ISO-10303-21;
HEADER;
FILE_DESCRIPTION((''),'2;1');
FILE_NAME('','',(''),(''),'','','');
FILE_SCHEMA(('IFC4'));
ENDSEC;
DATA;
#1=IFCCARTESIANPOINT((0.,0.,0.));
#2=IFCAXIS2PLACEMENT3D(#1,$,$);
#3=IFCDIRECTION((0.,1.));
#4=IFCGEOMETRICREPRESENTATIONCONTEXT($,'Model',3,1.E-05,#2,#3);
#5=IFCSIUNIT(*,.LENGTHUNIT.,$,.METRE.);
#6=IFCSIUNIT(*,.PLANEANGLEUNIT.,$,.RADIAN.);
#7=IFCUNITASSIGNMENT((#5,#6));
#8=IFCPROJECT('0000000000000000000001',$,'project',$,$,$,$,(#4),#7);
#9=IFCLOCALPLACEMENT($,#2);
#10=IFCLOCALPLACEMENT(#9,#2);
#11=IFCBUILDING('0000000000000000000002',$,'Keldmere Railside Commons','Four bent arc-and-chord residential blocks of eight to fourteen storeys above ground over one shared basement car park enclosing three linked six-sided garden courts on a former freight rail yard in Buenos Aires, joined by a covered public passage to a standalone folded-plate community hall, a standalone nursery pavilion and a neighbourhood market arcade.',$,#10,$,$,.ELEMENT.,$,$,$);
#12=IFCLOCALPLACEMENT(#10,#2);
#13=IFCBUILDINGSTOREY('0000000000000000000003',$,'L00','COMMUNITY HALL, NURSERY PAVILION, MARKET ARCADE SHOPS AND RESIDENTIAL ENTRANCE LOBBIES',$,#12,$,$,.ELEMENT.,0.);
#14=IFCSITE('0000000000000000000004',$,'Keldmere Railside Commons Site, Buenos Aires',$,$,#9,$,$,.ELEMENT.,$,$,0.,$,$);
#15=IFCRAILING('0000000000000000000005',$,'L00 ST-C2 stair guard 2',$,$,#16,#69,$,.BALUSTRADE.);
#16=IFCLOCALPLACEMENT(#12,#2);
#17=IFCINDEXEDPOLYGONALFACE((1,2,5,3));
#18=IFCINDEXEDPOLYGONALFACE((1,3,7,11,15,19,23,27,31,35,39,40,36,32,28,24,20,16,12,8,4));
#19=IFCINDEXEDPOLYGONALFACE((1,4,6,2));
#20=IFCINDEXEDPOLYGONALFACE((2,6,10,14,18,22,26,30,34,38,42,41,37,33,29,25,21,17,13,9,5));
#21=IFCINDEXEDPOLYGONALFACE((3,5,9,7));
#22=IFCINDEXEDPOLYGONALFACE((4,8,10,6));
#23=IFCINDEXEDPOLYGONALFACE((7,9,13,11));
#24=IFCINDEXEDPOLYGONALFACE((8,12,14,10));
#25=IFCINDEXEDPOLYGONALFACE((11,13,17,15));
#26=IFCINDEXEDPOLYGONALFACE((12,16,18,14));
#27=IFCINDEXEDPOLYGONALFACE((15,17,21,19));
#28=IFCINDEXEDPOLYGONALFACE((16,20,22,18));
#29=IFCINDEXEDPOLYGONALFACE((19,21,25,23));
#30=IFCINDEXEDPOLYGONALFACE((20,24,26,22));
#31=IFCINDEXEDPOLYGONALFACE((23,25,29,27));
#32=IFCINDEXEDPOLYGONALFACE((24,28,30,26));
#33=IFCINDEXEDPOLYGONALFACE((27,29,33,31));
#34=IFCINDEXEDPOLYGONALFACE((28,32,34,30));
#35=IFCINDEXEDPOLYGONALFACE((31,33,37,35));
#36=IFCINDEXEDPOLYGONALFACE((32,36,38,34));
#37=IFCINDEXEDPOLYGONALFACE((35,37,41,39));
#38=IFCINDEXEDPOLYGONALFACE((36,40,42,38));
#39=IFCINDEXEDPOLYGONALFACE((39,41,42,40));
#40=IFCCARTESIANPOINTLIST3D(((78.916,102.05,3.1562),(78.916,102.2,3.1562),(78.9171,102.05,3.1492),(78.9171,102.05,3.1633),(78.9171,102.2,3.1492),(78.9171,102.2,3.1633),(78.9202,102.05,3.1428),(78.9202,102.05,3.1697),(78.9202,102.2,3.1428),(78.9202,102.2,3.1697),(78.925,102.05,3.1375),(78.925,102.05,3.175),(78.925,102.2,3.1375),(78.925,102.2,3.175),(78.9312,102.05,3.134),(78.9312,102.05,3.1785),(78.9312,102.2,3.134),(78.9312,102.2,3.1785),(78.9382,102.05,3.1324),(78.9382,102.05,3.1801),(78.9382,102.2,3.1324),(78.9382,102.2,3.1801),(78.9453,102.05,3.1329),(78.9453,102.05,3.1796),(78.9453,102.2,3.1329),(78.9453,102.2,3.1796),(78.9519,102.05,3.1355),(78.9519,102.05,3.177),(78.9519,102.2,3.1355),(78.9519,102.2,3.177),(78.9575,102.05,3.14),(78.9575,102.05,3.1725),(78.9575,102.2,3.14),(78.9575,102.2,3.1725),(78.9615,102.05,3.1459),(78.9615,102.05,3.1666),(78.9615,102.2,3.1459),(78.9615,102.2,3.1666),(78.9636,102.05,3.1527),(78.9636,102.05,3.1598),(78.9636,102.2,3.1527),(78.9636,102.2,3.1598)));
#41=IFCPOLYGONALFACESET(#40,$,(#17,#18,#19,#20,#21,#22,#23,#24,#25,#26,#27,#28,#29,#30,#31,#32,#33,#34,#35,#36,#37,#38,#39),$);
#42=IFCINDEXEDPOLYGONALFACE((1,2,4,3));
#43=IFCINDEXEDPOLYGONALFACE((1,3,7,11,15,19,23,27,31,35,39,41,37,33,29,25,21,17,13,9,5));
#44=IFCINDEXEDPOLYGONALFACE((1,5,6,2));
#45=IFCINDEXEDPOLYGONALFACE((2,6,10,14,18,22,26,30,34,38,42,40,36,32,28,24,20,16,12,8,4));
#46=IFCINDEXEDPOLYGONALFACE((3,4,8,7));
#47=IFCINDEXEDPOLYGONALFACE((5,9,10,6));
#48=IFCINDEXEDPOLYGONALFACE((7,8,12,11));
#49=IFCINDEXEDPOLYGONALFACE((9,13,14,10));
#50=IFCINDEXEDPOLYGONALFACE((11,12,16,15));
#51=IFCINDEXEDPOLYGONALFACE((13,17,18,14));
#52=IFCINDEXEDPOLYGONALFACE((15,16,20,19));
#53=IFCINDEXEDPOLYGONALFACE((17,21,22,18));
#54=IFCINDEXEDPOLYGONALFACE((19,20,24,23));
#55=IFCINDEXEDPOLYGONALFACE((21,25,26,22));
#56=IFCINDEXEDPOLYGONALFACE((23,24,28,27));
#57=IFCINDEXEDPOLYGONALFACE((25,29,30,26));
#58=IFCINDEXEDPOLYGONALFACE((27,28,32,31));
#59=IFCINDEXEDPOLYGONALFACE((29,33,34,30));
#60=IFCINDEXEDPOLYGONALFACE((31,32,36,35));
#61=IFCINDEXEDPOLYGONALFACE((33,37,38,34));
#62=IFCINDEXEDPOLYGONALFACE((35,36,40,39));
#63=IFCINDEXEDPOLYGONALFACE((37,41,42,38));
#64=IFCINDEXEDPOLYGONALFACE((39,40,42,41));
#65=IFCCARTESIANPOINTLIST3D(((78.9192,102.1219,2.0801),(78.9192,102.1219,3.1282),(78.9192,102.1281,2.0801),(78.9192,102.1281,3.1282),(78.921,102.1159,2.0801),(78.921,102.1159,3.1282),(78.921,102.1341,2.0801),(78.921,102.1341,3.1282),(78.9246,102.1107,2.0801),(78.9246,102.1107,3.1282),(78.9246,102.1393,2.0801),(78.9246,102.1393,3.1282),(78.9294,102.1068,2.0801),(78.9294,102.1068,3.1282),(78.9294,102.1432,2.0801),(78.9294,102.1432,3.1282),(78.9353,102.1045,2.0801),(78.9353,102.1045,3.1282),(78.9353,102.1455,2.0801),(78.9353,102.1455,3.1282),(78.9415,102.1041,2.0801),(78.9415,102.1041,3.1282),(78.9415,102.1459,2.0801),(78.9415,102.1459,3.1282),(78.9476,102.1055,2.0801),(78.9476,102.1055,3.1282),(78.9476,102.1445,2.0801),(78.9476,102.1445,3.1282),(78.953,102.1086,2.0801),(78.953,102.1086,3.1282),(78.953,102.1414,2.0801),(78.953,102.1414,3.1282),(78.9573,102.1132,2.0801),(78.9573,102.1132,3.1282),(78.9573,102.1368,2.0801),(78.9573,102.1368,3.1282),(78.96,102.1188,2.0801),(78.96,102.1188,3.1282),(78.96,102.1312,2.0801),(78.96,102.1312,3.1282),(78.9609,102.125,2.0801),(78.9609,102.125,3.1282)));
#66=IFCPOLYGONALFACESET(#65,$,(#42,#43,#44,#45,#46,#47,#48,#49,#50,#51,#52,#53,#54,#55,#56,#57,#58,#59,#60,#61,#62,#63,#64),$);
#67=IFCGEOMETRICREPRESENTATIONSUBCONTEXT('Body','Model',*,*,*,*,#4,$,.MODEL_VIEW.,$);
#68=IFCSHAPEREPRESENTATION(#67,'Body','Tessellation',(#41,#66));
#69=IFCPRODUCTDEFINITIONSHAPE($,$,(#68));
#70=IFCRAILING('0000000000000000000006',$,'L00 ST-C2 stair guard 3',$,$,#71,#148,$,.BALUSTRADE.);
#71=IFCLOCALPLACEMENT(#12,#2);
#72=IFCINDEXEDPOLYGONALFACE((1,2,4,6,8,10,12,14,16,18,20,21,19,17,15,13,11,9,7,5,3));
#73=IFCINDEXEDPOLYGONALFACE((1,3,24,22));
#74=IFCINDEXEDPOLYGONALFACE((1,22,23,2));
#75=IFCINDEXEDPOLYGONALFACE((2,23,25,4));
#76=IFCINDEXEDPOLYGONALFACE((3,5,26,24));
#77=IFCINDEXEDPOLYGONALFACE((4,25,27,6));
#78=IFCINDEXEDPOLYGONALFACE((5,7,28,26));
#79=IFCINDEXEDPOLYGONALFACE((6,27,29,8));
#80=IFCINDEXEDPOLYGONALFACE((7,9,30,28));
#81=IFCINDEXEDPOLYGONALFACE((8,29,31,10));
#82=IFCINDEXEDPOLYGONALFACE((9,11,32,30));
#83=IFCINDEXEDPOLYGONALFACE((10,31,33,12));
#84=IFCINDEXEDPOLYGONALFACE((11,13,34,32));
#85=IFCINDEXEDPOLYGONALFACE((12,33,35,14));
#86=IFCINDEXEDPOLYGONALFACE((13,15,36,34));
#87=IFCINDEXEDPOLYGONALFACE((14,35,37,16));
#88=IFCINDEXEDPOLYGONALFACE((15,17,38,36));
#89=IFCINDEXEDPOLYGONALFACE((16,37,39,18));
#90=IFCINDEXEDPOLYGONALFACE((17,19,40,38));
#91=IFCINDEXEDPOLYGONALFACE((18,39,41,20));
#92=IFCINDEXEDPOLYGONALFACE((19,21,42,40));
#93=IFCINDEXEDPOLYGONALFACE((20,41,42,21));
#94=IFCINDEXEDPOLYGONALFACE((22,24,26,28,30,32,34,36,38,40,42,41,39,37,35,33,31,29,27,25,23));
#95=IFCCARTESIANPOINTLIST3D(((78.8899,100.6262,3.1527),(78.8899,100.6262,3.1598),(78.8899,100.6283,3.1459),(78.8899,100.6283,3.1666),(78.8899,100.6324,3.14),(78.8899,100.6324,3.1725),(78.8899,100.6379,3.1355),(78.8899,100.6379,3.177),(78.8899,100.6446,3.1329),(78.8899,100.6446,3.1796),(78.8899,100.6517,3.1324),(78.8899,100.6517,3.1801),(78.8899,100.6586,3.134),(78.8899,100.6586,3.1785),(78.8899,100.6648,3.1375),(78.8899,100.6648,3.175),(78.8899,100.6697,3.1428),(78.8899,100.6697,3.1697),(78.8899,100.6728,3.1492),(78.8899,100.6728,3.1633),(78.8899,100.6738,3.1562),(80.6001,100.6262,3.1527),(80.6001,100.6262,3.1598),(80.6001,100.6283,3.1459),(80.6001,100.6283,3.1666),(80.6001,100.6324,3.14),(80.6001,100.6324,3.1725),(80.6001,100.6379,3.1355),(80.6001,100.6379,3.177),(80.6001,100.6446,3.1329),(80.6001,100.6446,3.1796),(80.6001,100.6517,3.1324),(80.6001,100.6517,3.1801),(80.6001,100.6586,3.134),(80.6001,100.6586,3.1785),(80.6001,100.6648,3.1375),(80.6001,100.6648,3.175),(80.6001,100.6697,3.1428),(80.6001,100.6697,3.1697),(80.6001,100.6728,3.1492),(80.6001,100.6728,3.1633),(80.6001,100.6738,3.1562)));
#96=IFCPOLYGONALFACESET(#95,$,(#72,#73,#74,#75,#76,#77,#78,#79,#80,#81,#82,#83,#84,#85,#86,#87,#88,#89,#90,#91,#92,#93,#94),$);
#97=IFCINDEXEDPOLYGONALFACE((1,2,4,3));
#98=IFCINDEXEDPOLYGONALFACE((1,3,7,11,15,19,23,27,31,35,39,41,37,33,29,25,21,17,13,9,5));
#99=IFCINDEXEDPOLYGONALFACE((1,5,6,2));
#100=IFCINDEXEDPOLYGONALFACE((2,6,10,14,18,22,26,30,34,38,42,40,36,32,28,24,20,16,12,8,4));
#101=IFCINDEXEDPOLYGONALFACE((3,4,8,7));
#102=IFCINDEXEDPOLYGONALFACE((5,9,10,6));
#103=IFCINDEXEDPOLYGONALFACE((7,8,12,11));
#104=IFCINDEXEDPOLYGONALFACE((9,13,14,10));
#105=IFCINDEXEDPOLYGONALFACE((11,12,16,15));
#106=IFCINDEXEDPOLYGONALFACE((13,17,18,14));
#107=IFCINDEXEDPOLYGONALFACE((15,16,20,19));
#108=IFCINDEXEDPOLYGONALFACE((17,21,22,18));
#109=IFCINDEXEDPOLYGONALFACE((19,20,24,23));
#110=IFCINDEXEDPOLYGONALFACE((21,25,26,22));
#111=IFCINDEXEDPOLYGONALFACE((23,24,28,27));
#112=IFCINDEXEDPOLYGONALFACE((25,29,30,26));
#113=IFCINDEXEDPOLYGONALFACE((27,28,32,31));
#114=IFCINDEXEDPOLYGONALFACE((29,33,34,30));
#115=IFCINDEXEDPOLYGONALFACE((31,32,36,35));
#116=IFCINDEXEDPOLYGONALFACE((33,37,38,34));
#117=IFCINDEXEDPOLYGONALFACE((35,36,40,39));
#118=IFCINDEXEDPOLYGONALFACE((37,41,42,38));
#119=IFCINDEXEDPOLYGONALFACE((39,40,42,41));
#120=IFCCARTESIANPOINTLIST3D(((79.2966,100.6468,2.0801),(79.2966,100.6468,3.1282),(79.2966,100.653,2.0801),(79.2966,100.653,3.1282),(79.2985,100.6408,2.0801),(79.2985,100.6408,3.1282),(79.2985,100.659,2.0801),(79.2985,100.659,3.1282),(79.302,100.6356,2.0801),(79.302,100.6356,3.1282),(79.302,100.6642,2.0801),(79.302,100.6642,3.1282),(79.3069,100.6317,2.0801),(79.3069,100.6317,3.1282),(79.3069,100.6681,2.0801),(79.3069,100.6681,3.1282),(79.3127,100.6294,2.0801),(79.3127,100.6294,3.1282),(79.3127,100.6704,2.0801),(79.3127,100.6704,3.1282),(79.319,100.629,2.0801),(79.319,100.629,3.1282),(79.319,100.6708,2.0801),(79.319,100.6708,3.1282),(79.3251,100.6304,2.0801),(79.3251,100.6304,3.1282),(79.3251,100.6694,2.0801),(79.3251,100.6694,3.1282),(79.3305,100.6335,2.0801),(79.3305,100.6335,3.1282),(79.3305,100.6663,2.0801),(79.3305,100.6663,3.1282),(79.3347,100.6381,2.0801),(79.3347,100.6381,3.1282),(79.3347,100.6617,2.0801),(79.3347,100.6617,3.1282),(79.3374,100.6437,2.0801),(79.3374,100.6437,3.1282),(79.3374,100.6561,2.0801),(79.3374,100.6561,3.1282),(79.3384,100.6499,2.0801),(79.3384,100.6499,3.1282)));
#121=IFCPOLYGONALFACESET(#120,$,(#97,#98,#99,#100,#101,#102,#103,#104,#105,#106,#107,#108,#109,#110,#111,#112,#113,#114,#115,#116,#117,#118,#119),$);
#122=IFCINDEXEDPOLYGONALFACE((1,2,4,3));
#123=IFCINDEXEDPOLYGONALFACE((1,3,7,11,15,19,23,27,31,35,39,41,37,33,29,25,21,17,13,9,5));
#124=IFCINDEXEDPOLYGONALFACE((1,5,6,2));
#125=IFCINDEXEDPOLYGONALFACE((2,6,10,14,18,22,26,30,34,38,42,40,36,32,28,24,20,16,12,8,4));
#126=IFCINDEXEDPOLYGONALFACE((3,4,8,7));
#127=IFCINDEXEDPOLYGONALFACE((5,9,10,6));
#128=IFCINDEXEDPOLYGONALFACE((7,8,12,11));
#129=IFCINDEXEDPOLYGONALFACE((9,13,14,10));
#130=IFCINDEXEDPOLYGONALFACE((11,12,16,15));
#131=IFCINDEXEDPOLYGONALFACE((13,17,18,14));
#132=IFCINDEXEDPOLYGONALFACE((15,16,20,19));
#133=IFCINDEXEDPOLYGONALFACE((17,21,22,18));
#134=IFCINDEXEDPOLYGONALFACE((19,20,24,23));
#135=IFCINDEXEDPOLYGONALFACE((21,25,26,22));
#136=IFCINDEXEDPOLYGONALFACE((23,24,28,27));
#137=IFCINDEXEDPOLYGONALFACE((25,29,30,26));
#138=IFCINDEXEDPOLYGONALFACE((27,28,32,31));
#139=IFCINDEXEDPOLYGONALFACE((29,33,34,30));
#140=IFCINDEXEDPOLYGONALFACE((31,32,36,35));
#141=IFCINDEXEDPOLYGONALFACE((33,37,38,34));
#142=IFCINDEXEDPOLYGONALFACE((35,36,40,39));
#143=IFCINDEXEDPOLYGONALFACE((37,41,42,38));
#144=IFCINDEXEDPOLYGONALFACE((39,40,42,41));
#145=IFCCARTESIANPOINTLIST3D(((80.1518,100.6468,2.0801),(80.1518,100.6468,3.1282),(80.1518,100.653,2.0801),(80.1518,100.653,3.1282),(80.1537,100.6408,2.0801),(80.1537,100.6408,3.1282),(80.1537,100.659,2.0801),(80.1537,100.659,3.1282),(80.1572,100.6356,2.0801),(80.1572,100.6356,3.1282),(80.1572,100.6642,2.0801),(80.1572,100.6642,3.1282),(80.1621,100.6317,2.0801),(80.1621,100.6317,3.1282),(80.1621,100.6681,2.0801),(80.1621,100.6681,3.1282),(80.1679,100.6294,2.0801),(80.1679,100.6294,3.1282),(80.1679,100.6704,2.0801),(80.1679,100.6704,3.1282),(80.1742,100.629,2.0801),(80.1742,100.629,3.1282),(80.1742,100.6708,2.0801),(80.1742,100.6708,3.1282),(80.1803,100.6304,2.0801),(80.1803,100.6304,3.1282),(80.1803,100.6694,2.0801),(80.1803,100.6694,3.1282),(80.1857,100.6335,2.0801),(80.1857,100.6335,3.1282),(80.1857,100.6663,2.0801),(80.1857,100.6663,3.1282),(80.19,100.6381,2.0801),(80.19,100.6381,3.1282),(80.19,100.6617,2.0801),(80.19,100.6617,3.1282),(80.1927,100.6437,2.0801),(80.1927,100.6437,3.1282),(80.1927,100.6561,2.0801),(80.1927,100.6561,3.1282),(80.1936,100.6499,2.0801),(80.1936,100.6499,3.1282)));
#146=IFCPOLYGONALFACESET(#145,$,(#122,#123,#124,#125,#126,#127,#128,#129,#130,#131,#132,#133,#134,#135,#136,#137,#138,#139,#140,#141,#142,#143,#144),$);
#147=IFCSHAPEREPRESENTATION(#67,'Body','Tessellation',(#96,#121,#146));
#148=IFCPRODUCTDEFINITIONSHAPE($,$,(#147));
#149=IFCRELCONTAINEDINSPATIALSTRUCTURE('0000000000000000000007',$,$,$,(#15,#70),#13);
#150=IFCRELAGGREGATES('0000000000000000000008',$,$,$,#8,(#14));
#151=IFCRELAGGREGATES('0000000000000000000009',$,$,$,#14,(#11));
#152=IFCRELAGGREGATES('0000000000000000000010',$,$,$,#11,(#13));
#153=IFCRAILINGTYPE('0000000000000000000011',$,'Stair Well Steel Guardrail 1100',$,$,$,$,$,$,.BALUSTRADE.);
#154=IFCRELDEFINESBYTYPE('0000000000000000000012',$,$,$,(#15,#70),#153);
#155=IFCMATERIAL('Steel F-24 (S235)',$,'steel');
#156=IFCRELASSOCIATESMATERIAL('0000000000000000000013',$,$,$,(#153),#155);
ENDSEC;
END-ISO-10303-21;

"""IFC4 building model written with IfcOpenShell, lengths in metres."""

from ifc_helpers import new_model, si_unit, direction, frame, origin, origin_2d, place, context, subcontext, project, spatial, circle, extrude, material, type_object, element, save


model = new_model("IFC4")

# Units and contexts
model_context = context("Model", 3, precision=1e-05, world=origin(), true_north=direction((0.0, 1.0)))
body_context = subcontext(model_context, "Body", "Model", "MODEL_VIEW")
ifc_project = project(units=[si_unit("LENGTHUNIT", "METRE"), si_unit("PLANEANGLEUNIT", "RADIAN")], contexts=[model_context])

# Site, building, storey
site_placement = place(None, origin())
site = spatial("IfcSite", under=ifc_project, at=site_placement, Name="Keldmere Railside Commons Site, Buenos Aires", CompositionType="ELEMENT", RefElevation=0.0)
building_placement = place(site_placement, origin())
building = spatial("IfcBuilding", under=site, at=building_placement, Name="Keldmere Railside Commons", Description="Four bent arc-and-chord residential blocks of eight to fourteen storeys above ground over one shared basement car park enclosing three linked six-sided garden courts on a former freight rail yard in Buenos Aires, joined by a covered public passage to a standalone folded-plate community hall, a standalone nursery pavilion and a neighbourhood market arcade.", CompositionType="ELEMENT")
storey_placement = place(building_placement, origin())
storey = spatial("IfcBuildingStorey", under=building, at=storey_placement, Name="L00", Description="COMMUNITY HALL, NURSERY PAVILION, MARKET ARCADE SHOPS AND RESIDENTIAL ENTRANCE LOBBIES", CompositionType="ELEMENT", Elevation=0.0)

# Shared definitions
ifc_material_1 = material(Name="Steel F-24 (S235)", Category="steel")

# Railings
railing_type_1 = type_object("IfcRailingType", Name="Stair Well Steel Guardrail 1100", PredefinedType="BALUSTRADE", material=ifc_material_1)
railing_1_placement = place(storey_placement, frame((78.9399, 102.05, 2.0801)))
element("IfcRailing", 1, at=railing_1_placement, inside=storey, type_object=railing_type_1, Name="L00 ST-C2 stair guard 2", PredefinedType="BALUSTRADE", context=body_context, shape_type="SweptSolid", body=[
    extrude(circle(Radius=0.0239, at=origin_2d()), frame((0.0, 0.0, 1.0762), z_axis=(0.0, 1.0, 0.0), x_axis=(-1.0, 0.0, 0.0)), (0.0, 0.0, 1.0), 0.1499),
    extrude(circle(Radius=0.021, at=origin_2d()), frame((0.0, 0.075, 0.0)), (0.0, 0.0, 1.0), 1.0481),
])
for number, where, name in (
    (2, (78.8899, 100.6499, 2.0801), "L00 ST-C2 stair guard 3"),
):
    element("IfcRailing", number, at=place(storey_placement, frame(where)), inside=storey, type_object=railing_type_1, Name=name, PredefinedType="BALUSTRADE", context=body_context, shape_type="SweptSolid", body=[
        extrude(circle(Radius=0.0239, at=origin_2d()), frame((0.0, 0.0, 1.0762), z_axis=(1.0, 0.0, 0.0), x_axis=(0.0, 1.0, 0.0)), (0.0, 0.0, 1.0), 1.7102),
        extrude(circle(Radius=0.021, at=origin_2d()), frame((0.4275, 0.0, 0.0)), (0.0, 0.0, 1.0), 1.0481),
        extrude(circle(Radius=0.021, at=origin_2d()), frame((1.2827, 0.0, 0.0)), (0.0, 0.0, 1.0), 1.0481),
    ])

save(model, "model.ifc")
